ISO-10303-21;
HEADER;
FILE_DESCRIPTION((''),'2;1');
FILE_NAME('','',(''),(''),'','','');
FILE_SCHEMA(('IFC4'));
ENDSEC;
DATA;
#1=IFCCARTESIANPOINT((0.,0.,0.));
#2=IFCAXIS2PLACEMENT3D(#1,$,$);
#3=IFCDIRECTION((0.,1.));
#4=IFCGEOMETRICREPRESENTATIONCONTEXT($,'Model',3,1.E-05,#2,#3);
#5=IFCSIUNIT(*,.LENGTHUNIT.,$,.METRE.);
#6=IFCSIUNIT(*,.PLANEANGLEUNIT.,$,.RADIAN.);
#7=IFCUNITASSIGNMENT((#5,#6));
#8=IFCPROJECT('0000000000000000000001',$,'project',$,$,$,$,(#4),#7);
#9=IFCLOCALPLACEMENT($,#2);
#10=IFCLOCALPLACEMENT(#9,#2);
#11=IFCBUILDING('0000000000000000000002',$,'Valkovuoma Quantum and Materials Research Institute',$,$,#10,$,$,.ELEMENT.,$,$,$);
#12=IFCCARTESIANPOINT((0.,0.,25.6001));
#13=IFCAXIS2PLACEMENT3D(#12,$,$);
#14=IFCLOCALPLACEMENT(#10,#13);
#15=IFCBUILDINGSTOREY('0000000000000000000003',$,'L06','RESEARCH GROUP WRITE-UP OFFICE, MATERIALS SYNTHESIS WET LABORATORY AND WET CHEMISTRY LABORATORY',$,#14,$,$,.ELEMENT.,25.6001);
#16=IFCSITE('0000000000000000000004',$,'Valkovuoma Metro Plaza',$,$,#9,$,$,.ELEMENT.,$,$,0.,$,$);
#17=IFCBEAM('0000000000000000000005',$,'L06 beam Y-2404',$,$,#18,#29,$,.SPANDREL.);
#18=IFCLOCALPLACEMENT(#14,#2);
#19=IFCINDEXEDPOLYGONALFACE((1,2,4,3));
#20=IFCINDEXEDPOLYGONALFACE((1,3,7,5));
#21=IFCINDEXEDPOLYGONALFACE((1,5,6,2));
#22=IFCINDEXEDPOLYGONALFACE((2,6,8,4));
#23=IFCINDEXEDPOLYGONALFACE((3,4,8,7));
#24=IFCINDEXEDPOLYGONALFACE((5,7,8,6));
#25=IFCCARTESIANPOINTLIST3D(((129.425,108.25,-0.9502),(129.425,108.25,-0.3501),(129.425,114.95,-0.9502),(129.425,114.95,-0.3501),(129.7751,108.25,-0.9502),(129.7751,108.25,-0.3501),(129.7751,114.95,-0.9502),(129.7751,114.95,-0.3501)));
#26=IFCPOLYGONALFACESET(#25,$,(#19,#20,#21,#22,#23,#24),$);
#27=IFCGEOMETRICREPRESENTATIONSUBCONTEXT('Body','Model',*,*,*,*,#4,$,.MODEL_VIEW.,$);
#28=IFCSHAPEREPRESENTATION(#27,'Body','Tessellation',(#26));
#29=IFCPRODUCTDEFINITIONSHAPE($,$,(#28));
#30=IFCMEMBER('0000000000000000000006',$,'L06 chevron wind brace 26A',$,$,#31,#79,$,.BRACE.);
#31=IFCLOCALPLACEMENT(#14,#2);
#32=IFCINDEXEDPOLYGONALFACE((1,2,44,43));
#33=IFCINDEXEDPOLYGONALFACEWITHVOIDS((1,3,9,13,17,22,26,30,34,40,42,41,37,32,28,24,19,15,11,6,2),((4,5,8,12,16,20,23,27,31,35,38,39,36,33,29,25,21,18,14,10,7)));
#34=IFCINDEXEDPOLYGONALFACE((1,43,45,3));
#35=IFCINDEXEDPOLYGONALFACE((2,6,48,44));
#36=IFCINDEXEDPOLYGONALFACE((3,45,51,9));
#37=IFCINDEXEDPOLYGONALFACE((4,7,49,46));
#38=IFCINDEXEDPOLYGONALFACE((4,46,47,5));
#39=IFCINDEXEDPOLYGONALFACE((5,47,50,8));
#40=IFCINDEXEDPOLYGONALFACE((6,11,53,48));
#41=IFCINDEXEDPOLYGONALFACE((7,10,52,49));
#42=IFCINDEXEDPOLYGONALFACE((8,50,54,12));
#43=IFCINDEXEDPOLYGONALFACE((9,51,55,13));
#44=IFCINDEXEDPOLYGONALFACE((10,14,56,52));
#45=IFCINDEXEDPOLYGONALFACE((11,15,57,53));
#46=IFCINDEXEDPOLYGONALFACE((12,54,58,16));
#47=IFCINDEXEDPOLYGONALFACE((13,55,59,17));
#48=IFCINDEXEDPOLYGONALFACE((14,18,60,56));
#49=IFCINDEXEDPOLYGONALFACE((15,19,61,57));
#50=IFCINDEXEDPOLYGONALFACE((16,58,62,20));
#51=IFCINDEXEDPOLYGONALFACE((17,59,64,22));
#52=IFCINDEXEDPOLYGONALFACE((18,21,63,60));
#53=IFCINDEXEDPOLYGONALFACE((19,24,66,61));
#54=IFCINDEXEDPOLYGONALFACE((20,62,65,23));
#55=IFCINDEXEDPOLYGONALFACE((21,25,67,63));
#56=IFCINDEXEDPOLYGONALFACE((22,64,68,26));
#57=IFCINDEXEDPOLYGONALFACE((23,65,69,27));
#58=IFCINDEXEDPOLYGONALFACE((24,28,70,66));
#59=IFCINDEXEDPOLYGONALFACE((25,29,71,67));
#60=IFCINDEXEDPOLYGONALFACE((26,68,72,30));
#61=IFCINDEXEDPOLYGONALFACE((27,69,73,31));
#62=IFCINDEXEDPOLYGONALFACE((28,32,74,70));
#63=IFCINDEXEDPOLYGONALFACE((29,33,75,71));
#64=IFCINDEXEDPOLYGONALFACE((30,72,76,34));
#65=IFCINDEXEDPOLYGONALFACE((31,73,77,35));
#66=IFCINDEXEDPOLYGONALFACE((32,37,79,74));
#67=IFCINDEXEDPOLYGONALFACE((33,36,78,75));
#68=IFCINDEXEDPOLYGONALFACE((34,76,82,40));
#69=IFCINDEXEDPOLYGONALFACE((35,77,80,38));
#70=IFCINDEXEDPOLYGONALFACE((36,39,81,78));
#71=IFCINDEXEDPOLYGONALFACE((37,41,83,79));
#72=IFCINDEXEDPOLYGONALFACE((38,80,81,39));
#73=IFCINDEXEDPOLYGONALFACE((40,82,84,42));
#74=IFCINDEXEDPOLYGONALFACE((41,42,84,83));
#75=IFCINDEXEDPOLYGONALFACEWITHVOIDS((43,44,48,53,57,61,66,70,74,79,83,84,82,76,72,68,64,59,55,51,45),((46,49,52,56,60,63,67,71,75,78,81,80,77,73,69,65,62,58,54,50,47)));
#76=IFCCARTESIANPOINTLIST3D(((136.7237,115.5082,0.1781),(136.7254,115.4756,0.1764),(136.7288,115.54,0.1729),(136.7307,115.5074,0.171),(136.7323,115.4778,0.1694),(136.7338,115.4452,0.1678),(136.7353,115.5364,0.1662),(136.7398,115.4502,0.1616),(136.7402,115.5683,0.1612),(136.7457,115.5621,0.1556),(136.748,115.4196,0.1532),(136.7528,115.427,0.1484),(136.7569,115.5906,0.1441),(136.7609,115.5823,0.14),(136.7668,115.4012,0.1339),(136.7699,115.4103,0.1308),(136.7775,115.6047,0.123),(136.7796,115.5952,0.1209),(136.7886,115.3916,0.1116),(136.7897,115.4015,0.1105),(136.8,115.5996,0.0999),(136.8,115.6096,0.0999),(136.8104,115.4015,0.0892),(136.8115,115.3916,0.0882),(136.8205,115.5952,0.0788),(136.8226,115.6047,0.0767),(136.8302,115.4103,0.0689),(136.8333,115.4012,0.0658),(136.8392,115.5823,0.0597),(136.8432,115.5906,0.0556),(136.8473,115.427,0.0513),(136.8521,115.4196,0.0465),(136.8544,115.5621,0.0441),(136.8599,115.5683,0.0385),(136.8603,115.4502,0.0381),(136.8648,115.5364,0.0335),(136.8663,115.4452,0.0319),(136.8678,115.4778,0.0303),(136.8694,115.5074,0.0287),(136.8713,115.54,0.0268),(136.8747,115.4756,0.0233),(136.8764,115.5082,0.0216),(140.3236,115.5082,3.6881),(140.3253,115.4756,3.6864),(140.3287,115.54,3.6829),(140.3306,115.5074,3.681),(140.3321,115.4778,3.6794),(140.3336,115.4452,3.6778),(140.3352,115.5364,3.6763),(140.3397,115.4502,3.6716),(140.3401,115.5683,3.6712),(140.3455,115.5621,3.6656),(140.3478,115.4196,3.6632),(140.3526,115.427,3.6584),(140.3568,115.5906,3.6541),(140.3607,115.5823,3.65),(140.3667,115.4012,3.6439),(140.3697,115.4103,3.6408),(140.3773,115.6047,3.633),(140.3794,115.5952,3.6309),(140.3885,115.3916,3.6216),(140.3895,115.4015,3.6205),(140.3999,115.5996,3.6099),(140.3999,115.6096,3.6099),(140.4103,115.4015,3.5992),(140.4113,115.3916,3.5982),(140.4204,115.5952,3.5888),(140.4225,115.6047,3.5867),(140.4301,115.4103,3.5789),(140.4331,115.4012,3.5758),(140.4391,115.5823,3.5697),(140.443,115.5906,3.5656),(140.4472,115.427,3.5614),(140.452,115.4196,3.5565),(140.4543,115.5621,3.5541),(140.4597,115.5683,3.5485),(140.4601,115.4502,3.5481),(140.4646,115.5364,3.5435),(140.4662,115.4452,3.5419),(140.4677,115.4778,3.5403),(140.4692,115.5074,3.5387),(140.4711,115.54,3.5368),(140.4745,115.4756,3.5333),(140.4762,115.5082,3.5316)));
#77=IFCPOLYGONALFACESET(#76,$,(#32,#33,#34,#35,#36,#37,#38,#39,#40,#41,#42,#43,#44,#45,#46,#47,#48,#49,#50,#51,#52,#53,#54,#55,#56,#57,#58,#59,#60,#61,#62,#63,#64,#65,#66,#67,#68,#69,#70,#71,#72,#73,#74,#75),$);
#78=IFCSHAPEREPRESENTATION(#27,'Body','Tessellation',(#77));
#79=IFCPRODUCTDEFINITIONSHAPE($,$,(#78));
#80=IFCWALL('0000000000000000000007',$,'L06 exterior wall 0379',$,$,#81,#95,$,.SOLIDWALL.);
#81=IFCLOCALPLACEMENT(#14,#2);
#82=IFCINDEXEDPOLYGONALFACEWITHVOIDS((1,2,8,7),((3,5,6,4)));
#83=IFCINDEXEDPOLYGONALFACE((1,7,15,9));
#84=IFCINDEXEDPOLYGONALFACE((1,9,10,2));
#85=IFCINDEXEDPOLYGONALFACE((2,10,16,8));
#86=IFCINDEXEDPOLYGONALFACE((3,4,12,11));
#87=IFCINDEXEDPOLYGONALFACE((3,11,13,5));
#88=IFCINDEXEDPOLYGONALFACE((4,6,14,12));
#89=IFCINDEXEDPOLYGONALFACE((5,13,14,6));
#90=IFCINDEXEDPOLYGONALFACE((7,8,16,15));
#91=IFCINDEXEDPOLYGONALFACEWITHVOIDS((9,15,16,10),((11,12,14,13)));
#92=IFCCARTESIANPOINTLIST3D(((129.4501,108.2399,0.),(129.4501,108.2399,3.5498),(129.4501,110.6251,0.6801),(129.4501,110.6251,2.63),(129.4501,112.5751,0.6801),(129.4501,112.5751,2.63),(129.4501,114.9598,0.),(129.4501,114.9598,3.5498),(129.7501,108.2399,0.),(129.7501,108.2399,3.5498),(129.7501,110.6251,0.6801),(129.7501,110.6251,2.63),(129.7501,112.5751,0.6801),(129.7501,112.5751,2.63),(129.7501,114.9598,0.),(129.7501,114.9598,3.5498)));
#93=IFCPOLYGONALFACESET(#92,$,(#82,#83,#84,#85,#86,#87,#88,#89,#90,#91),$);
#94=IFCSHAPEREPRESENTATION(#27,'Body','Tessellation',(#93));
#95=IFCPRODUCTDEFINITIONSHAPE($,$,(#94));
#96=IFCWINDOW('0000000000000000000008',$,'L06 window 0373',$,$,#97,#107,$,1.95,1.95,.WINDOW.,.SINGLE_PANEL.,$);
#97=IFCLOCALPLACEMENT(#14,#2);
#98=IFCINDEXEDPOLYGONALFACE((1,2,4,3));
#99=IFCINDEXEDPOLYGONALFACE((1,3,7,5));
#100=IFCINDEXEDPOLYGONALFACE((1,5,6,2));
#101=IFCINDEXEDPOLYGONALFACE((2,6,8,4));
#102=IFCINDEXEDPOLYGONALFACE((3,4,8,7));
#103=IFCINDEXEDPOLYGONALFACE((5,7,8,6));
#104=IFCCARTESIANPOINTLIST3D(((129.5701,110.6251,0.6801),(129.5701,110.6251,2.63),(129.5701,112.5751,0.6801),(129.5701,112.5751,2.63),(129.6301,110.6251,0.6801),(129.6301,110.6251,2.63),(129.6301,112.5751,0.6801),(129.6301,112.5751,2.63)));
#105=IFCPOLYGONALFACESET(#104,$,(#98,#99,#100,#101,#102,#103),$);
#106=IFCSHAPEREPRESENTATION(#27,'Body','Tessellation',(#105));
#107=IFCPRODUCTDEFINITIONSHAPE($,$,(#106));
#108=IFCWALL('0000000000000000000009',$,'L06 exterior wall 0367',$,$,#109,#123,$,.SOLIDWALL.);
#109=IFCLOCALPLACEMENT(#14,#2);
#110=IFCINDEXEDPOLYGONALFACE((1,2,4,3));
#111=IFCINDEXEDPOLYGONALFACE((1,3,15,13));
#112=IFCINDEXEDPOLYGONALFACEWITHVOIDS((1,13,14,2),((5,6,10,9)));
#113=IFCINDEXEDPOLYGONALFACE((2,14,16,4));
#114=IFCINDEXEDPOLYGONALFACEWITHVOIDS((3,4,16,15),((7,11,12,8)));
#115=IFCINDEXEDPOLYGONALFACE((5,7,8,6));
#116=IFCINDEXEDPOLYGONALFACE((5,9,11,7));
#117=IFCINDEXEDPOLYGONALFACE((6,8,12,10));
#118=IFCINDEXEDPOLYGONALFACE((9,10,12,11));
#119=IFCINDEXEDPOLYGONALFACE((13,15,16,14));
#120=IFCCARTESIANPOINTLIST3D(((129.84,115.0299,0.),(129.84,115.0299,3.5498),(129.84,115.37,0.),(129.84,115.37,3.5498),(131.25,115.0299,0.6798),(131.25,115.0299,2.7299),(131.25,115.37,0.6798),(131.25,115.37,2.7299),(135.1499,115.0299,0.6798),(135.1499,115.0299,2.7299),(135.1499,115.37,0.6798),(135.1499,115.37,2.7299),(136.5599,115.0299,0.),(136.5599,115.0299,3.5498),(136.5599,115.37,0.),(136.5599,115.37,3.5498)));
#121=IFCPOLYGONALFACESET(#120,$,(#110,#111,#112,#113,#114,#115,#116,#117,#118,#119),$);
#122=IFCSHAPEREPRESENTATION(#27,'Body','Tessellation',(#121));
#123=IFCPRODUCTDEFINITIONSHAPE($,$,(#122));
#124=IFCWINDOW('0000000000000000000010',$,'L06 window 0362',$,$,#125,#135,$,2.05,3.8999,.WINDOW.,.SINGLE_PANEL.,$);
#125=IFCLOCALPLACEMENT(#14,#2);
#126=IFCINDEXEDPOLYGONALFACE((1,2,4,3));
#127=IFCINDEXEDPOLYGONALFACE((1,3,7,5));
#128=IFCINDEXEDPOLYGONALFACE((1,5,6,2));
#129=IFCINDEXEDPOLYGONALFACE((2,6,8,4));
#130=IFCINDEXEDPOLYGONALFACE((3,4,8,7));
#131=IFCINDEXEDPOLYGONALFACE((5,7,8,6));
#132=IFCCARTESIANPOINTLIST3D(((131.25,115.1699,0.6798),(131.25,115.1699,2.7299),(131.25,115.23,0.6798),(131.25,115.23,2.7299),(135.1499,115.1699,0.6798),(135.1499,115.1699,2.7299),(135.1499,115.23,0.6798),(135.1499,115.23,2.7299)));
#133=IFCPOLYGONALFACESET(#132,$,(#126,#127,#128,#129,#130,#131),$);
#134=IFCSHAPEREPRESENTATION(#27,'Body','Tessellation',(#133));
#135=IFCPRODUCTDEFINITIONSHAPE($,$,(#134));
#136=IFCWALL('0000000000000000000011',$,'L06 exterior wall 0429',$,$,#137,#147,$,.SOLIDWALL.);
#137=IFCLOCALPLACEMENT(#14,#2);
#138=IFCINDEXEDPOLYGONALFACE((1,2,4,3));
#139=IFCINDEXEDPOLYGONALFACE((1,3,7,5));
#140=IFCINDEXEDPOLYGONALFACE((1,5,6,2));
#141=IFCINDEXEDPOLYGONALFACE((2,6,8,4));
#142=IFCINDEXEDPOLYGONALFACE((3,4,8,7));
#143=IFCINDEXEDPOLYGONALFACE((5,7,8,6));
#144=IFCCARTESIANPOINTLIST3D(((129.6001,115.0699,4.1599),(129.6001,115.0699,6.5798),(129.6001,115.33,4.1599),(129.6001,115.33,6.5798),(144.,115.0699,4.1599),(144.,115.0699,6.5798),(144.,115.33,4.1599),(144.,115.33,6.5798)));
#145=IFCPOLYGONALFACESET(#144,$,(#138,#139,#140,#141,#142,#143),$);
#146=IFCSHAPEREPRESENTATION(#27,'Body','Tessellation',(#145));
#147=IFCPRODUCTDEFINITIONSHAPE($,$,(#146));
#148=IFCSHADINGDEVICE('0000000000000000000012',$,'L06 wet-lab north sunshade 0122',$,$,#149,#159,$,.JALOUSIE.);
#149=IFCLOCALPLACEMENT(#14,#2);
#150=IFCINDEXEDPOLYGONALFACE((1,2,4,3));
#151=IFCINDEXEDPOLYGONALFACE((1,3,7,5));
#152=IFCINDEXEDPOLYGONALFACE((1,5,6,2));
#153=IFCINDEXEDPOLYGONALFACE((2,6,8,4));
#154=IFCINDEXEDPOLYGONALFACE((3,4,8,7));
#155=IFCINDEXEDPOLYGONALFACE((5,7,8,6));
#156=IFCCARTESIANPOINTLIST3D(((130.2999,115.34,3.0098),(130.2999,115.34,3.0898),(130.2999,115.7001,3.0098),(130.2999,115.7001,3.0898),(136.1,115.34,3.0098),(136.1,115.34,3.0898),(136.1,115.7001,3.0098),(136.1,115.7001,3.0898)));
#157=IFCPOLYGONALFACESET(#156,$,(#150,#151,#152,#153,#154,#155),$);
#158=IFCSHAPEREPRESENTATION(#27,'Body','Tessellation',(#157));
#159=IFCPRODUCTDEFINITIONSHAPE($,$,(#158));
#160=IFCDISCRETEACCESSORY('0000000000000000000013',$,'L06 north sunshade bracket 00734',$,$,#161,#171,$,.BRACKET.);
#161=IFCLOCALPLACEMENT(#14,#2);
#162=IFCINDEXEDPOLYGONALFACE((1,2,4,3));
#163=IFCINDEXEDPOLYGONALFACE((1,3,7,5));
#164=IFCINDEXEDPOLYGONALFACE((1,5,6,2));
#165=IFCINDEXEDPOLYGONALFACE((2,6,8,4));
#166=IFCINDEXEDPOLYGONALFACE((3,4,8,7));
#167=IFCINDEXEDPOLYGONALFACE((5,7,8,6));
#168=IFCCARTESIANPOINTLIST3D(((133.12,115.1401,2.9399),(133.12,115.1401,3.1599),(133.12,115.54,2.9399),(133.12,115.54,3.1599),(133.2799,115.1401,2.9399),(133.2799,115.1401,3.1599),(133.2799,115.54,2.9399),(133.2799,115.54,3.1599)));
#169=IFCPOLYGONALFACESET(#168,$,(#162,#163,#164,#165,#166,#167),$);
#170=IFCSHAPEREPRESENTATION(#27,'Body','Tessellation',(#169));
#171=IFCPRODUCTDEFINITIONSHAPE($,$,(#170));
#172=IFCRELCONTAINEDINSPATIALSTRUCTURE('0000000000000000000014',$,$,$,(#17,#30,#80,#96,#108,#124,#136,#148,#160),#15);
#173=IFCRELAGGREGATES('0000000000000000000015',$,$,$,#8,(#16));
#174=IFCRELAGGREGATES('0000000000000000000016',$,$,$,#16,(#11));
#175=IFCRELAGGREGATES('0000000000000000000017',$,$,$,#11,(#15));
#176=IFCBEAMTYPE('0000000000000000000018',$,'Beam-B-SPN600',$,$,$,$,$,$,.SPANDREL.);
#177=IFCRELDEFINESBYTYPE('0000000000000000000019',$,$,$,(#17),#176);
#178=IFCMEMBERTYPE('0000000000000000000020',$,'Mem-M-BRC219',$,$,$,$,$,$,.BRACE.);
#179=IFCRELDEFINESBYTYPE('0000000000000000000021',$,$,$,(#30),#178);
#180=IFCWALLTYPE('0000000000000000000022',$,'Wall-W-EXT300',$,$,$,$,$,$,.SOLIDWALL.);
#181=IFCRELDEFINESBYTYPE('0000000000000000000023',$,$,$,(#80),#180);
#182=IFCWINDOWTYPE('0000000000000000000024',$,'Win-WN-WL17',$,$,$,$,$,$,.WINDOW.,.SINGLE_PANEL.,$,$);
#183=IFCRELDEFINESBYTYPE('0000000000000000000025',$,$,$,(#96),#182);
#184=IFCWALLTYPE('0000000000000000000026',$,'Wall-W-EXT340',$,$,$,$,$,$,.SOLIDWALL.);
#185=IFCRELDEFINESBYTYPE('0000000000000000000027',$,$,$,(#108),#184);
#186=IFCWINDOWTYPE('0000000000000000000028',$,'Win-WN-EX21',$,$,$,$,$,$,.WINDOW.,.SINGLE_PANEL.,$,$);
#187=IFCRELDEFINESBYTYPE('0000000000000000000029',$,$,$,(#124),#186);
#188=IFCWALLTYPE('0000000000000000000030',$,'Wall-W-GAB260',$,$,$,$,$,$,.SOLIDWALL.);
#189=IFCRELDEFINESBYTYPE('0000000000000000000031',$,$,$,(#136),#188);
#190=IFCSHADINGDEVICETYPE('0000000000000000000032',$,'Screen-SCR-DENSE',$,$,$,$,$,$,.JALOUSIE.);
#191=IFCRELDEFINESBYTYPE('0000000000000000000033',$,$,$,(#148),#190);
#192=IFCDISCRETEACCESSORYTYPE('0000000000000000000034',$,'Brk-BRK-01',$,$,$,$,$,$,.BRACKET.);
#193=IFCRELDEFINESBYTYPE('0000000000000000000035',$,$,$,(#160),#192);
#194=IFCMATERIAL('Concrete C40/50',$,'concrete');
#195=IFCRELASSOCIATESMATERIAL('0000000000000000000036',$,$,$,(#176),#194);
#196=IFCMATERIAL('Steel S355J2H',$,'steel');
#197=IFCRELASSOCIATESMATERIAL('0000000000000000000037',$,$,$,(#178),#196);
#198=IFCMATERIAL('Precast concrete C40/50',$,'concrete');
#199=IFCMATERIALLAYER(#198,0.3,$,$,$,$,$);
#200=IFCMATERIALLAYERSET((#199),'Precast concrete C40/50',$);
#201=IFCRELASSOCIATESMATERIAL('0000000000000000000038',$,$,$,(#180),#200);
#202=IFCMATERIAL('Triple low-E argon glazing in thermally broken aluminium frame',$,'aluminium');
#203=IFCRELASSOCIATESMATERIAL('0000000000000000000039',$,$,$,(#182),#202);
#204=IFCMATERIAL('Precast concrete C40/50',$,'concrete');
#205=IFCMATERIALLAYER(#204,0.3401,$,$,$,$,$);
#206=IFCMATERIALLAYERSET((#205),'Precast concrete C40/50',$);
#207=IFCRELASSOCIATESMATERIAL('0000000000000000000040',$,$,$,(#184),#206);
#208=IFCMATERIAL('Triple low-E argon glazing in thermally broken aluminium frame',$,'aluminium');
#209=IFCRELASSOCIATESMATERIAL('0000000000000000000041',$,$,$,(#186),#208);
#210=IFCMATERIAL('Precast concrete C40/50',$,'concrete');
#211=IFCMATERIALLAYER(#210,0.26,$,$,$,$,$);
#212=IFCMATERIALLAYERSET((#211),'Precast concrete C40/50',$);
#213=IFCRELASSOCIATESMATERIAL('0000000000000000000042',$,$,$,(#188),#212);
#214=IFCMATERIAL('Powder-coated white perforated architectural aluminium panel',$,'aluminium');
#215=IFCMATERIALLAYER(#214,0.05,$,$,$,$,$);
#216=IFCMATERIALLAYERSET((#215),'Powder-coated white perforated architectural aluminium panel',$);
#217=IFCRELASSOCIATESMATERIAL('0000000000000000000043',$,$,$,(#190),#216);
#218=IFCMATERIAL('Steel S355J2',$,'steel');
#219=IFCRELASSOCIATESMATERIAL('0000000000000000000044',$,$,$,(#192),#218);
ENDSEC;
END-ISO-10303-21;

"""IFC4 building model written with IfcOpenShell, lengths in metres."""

from ifc_helpers import new_model, si_unit, direction, frame, frame_2d, origin, origin_2d, place, context, subcontext, project, spatial, rectangle, hollow_circle, extrude, material, layer, layer_set, material_profile, profile_set, type_object, element, fill, save


model = new_model("IFC4")

# Units and contexts
model_context = context("Model", 3, precision=1e-05, world=origin(), true_north=direction((0.0, 1.0)))
body_context = subcontext(model_context, "Body", "Model", "MODEL_VIEW")
ifc_project = project(units=[si_unit("LENGTHUNIT", "METRE"), si_unit("PLANEANGLEUNIT", "RADIAN")], contexts=[model_context])

# Site, building, storey
site_placement = place(None, origin())
site = spatial("IfcSite", under=ifc_project, at=site_placement, Name="Valkovuoma Metro Plaza", CompositionType="ELEMENT", RefElevation=0.0)
building_placement = place(site_placement, origin())
building = spatial("IfcBuilding", under=site, at=building_placement, Name="Valkovuoma Quantum and Materials Research Institute", CompositionType="ELEMENT")
storey_placement = place(building_placement, frame((0.0, 0.0, 25.6001)))
storey = spatial("IfcBuildingStorey", under=building, at=storey_placement, Name="L06", Description="RESEARCH GROUP WRITE-UP OFFICE, MATERIALS SYNTHESIS WET LABORATORY AND WET CHEMISTRY LABORATORY", CompositionType="ELEMENT", Elevation=25.6001)

# Beam
ifc_material_1 = material(Name="Concrete C40/50", Category="concrete")
ifc_material_profile_1 = material_profile(ifc_material_1, rectangle(XDim=0.3501, YDim=0.6001, at=origin_2d()), Name="Concrete C40/50")
ifc_profile_set_1 = profile_set([ifc_material_profile_1], Name="Concrete C40/50")
beam_type_1 = type_object("IfcBeamType", Name="Beam-B-SPN600", PredefinedType="SPANDREL", material=ifc_profile_set_1)
for number, where, z_axis, x_axis, name in (
    (1, (129.6001, 108.25, -0.6501), (0.0, 1.0, 0.0), (-1.0, 0.0, 0.0), "L06 beam Y-2404"),
):
    element("IfcBeam", number, at=place(storey_placement, frame(where, z_axis=z_axis, x_axis=x_axis)), inside=storey, type_object=beam_type_1, Name=name, PredefinedType="SPANDREL", context=body_context, shape_type="SweptSolid", body=[
        extrude(rectangle(XDim=0.3501, YDim=0.6001, at=origin_2d()), origin(), (0.0, 0.0, 1.0), 6.7),
    ])

# Member
ifc_material_2 = material(Name="Steel S355J2H", Category="steel")
ifc_material_profile_2 = material_profile(ifc_material_2, hollow_circle(Radius=0.1096, WallThickness=0.01, at=origin_2d()), Name="Steel S355J2H")
ifc_profile_set_2 = profile_set([ifc_material_profile_2], Name="Steel S355J2H")
member_type = type_object("IfcMemberType", Name="Mem-M-BRC219", PredefinedType="BRACE", material=ifc_profile_set_2)
member_placement = place(storey_placement, frame((136.8, 115.5, 0.0999), z_axis=(0.715985, 0.0, 0.698116), x_axis=(0.0, 1.0, 0.0)))
element("IfcMember", 2, at=member_placement, inside=storey, type_object=member_type, Name="L06 chevron wind brace 26A", PredefinedType="BRACE", context=body_context, shape_type="SweptSolid", body=[
    extrude(hollow_circle(Radius=0.1096, WallThickness=0.01, at=origin_2d()), origin(), (0.0, 0.0, 1.0), 5.0278),
])

# Walls, openings, windows
ifc_material_3 = material(Name="Precast concrete C40/50", Category="concrete")
ifc_layer_1 = layer(ifc_material_3, 0.3)
ifc_layer_set_1 = layer_set([ifc_layer_1], Name="Precast concrete C40/50")
wall_type_1 = type_object("IfcWallType", Name="Wall-W-EXT300", PredefinedType="SOLIDWALL", material=ifc_layer_set_1)
wall_1_placement = place(storey_placement, frame((129.6001, 108.24, 0.0), z_axis=(0.0, 0.0, 1.0), x_axis=(0.0, 1.0, 0.0)))
wall_1 = element("IfcWall", 3, at=wall_1_placement, inside=storey, type_object=wall_type_1, Name="L06 exterior wall 0379", PredefinedType="SOLIDWALL", context=body_context, shape_type="SweptSolid", body=[
    extrude(rectangle(XDim=6.72, YDim=0.3, at=frame_2d((3.3599, 0.0))), origin(), (0.0, 0.0, 1.0), 3.5498),
])
opening_1_placement = place(wall_1_placement, frame((2.385, 0.0, 0.6799)))
opening_1 = element("IfcOpeningElement", 4, at=opening_1_placement, cuts=wall_1, PredefinedType="OPENING", context=body_context, shape_type="SweptSolid", body=[
    extrude(rectangle(XDim=1.95, YDim=1.95, at=frame_2d((0.9751, 0.9751))), frame((0.0, 0.1602, 0.0), z_axis=(0.0, -1.0, 0.0), x_axis=(1.0, 0.0, 0.0)), (0.0, 0.0, 1.0), 0.3201),
])
ifc_material_4 = material(Name="Triple low-E argon glazing in thermally broken aluminium frame", Category="aluminium")
window_type_1 = type_object("IfcWindowType", Name="Win-WN-WL17", PartitioningType="SINGLE_PANEL", PredefinedType="WINDOW", material=ifc_material_4)
window_1_placement = place(opening_1_placement, origin())
window_1 = element("IfcWindow", 5, at=window_1_placement, inside=storey, type_object=window_type_1, Name="L06 window 0373", OverallHeight=1.95, OverallWidth=1.95, PartitioningType="SINGLE_PANEL", PredefinedType="WINDOW", context=body_context, shape_type="SweptSolid", body=[
    extrude(rectangle(XDim=1.95, YDim=1.95, at=frame_2d((0.9751, 0.9751))), frame((0.0, 0.03, 0.0), z_axis=(0.0, -1.0, 0.0), x_axis=(1.0, 0.0, 0.0)), (0.0, 0.0, 1.0), 0.0601),
])
fill(opening_1, window_1)
ifc_material_5 = material(Name="Precast concrete C40/50", Category="concrete")
ifc_layer_2 = layer(ifc_material_5, 0.3401)
ifc_layer_set_2 = layer_set([ifc_layer_2], Name="Precast concrete C40/50")
wall_type_2 = type_object("IfcWallType", Name="Wall-W-EXT340", PredefinedType="SOLIDWALL", material=ifc_layer_set_2)
wall_2_placement = place(storey_placement, frame((129.8401, 115.2, 0.0), z_axis=(0.0, 0.0, 1.0), x_axis=(1.0, 0.0, 0.0)))
wall_2 = element("IfcWall", 6, at=wall_2_placement, inside=storey, type_object=wall_type_2, Name="L06 exterior wall 0367", PredefinedType="SOLIDWALL", context=body_context, shape_type="SweptSolid", body=[
    extrude(rectangle(XDim=6.72, YDim=0.3401, at=frame_2d((3.3599, 0.0))), origin(), (0.0, 0.0, 1.0), 3.5498),
])
opening_2_placement = place(wall_2_placement, frame((1.4099, 0.0, 0.6799)))
opening_2 = element("IfcOpeningElement", 7, at=opening_2_placement, cuts=wall_2, PredefinedType="OPENING", context=body_context, shape_type="SweptSolid", body=[
    extrude(rectangle(XDim=3.8999, YDim=2.05, at=frame_2d((1.95, 1.0249))), frame((0.0, 0.1802, 0.0), z_axis=(0.0, -1.0, 0.0), x_axis=(1.0, 0.0, 0.0)), (0.0, 0.0, 1.0), 0.3601),
])
ifc_material_6 = material(Name="Triple low-E argon glazing in thermally broken aluminium frame", Category="aluminium")
window_type_2 = type_object("IfcWindowType", Name="Win-WN-EX21", PartitioningType="SINGLE_PANEL", PredefinedType="WINDOW", material=ifc_material_6)
window_2_placement = place(opening_2_placement, origin())
window_2 = element("IfcWindow", 8, at=window_2_placement, inside=storey, type_object=window_type_2, Name="L06 window 0362", OverallHeight=2.05, OverallWidth=3.8999, PartitioningType="SINGLE_PANEL", PredefinedType="WINDOW", context=body_context, shape_type="SweptSolid", body=[
    extrude(rectangle(XDim=3.8999, YDim=2.05, at=frame_2d((1.95, 1.0249))), frame((0.0, 0.03, 0.0), z_axis=(0.0, -1.0, 0.0), x_axis=(1.0, 0.0, 0.0)), (0.0, 0.0, 1.0), 0.0601),
])
fill(opening_2, window_2)

# Wall
ifc_material_7 = material(Name="Precast concrete C40/50", Category="concrete")
ifc_layer_3 = layer(ifc_material_7, 0.26)
ifc_layer_set_3 = layer_set([ifc_layer_3], Name="Precast concrete C40/50")
wall_type_3 = type_object("IfcWallType", Name="Wall-W-GAB260", PredefinedType="SOLIDWALL", material=ifc_layer_set_3)
wall_3_placement = place(storey_placement, frame((129.6001, 115.2, 4.1599), z_axis=(0.0, 0.0, 1.0), x_axis=(1.0, 0.0, 0.0)))
element("IfcWall", 9, at=wall_3_placement, inside=storey, type_object=wall_type_3, Name="L06 exterior wall 0429", PredefinedType="SOLIDWALL", context=body_context, shape_type="SweptSolid", body=[
    extrude(rectangle(XDim=14.3999, YDim=0.26, at=frame_2d((7.2, 0.0))), origin(), (0.0, 0.0, 1.0), 2.4199),
])

# Shading device
ifc_material_8 = material(Name="Powder-coated white perforated architectural aluminium panel", Category="aluminium")
ifc_layer_4 = layer(ifc_material_8, 0.05)
ifc_layer_set_4 = layer_set([ifc_layer_4], Name="Powder-coated white perforated architectural aluminium panel")
shading_device_type = type_object("IfcShadingDeviceType", Name="Screen-SCR-DENSE", PredefinedType="JALOUSIE", material=ifc_layer_set_4)
shading_device_placement = place(storey_placement, frame((133.2, 115.52, 3.0098), z_axis=(0.0, 0.0, 1.0), x_axis=(1.0, 0.0, 0.0)))
element("IfcShadingDevice", 10, at=shading_device_placement, inside=storey, type_object=shading_device_type, Name="L06 wet-lab north sunshade 0122", PredefinedType="JALOUSIE", context=body_context, shape_type="SweptSolid", body=[
    extrude(rectangle(XDim=5.8, YDim=0.3601, at=origin_2d()), origin(), (0.0, 0.0, 1.0), 0.0801),
])

# Discrete accessory
ifc_material_9 = material(Name="Steel S355J2", Category="steel")
discrete_accessory_type_1 = type_object("IfcDiscreteAccessoryType", Name="Brk-BRK-01", PredefinedType="BRACKET", material=ifc_material_9)
discrete_accessory_1_placement = place(storey_placement, frame((133.2, 115.3401, 2.9399), z_axis=(0.0, 0.0, 1.0), x_axis=(1.0, 0.0, 0.0)))
element("IfcDiscreteAccessory", 11, at=discrete_accessory_1_placement, inside=storey, type_object=discrete_accessory_type_1, Name="L06 north sunshade bracket 00734", PredefinedType="BRACKET", context=body_context, shape_type="SweptSolid", body=[
    extrude(rectangle(XDim=0.1599, YDim=0.3999, at=origin_2d()), origin(), (0.0, 0.0, 1.0), 0.22),
])

save(model, "model.ifc")
